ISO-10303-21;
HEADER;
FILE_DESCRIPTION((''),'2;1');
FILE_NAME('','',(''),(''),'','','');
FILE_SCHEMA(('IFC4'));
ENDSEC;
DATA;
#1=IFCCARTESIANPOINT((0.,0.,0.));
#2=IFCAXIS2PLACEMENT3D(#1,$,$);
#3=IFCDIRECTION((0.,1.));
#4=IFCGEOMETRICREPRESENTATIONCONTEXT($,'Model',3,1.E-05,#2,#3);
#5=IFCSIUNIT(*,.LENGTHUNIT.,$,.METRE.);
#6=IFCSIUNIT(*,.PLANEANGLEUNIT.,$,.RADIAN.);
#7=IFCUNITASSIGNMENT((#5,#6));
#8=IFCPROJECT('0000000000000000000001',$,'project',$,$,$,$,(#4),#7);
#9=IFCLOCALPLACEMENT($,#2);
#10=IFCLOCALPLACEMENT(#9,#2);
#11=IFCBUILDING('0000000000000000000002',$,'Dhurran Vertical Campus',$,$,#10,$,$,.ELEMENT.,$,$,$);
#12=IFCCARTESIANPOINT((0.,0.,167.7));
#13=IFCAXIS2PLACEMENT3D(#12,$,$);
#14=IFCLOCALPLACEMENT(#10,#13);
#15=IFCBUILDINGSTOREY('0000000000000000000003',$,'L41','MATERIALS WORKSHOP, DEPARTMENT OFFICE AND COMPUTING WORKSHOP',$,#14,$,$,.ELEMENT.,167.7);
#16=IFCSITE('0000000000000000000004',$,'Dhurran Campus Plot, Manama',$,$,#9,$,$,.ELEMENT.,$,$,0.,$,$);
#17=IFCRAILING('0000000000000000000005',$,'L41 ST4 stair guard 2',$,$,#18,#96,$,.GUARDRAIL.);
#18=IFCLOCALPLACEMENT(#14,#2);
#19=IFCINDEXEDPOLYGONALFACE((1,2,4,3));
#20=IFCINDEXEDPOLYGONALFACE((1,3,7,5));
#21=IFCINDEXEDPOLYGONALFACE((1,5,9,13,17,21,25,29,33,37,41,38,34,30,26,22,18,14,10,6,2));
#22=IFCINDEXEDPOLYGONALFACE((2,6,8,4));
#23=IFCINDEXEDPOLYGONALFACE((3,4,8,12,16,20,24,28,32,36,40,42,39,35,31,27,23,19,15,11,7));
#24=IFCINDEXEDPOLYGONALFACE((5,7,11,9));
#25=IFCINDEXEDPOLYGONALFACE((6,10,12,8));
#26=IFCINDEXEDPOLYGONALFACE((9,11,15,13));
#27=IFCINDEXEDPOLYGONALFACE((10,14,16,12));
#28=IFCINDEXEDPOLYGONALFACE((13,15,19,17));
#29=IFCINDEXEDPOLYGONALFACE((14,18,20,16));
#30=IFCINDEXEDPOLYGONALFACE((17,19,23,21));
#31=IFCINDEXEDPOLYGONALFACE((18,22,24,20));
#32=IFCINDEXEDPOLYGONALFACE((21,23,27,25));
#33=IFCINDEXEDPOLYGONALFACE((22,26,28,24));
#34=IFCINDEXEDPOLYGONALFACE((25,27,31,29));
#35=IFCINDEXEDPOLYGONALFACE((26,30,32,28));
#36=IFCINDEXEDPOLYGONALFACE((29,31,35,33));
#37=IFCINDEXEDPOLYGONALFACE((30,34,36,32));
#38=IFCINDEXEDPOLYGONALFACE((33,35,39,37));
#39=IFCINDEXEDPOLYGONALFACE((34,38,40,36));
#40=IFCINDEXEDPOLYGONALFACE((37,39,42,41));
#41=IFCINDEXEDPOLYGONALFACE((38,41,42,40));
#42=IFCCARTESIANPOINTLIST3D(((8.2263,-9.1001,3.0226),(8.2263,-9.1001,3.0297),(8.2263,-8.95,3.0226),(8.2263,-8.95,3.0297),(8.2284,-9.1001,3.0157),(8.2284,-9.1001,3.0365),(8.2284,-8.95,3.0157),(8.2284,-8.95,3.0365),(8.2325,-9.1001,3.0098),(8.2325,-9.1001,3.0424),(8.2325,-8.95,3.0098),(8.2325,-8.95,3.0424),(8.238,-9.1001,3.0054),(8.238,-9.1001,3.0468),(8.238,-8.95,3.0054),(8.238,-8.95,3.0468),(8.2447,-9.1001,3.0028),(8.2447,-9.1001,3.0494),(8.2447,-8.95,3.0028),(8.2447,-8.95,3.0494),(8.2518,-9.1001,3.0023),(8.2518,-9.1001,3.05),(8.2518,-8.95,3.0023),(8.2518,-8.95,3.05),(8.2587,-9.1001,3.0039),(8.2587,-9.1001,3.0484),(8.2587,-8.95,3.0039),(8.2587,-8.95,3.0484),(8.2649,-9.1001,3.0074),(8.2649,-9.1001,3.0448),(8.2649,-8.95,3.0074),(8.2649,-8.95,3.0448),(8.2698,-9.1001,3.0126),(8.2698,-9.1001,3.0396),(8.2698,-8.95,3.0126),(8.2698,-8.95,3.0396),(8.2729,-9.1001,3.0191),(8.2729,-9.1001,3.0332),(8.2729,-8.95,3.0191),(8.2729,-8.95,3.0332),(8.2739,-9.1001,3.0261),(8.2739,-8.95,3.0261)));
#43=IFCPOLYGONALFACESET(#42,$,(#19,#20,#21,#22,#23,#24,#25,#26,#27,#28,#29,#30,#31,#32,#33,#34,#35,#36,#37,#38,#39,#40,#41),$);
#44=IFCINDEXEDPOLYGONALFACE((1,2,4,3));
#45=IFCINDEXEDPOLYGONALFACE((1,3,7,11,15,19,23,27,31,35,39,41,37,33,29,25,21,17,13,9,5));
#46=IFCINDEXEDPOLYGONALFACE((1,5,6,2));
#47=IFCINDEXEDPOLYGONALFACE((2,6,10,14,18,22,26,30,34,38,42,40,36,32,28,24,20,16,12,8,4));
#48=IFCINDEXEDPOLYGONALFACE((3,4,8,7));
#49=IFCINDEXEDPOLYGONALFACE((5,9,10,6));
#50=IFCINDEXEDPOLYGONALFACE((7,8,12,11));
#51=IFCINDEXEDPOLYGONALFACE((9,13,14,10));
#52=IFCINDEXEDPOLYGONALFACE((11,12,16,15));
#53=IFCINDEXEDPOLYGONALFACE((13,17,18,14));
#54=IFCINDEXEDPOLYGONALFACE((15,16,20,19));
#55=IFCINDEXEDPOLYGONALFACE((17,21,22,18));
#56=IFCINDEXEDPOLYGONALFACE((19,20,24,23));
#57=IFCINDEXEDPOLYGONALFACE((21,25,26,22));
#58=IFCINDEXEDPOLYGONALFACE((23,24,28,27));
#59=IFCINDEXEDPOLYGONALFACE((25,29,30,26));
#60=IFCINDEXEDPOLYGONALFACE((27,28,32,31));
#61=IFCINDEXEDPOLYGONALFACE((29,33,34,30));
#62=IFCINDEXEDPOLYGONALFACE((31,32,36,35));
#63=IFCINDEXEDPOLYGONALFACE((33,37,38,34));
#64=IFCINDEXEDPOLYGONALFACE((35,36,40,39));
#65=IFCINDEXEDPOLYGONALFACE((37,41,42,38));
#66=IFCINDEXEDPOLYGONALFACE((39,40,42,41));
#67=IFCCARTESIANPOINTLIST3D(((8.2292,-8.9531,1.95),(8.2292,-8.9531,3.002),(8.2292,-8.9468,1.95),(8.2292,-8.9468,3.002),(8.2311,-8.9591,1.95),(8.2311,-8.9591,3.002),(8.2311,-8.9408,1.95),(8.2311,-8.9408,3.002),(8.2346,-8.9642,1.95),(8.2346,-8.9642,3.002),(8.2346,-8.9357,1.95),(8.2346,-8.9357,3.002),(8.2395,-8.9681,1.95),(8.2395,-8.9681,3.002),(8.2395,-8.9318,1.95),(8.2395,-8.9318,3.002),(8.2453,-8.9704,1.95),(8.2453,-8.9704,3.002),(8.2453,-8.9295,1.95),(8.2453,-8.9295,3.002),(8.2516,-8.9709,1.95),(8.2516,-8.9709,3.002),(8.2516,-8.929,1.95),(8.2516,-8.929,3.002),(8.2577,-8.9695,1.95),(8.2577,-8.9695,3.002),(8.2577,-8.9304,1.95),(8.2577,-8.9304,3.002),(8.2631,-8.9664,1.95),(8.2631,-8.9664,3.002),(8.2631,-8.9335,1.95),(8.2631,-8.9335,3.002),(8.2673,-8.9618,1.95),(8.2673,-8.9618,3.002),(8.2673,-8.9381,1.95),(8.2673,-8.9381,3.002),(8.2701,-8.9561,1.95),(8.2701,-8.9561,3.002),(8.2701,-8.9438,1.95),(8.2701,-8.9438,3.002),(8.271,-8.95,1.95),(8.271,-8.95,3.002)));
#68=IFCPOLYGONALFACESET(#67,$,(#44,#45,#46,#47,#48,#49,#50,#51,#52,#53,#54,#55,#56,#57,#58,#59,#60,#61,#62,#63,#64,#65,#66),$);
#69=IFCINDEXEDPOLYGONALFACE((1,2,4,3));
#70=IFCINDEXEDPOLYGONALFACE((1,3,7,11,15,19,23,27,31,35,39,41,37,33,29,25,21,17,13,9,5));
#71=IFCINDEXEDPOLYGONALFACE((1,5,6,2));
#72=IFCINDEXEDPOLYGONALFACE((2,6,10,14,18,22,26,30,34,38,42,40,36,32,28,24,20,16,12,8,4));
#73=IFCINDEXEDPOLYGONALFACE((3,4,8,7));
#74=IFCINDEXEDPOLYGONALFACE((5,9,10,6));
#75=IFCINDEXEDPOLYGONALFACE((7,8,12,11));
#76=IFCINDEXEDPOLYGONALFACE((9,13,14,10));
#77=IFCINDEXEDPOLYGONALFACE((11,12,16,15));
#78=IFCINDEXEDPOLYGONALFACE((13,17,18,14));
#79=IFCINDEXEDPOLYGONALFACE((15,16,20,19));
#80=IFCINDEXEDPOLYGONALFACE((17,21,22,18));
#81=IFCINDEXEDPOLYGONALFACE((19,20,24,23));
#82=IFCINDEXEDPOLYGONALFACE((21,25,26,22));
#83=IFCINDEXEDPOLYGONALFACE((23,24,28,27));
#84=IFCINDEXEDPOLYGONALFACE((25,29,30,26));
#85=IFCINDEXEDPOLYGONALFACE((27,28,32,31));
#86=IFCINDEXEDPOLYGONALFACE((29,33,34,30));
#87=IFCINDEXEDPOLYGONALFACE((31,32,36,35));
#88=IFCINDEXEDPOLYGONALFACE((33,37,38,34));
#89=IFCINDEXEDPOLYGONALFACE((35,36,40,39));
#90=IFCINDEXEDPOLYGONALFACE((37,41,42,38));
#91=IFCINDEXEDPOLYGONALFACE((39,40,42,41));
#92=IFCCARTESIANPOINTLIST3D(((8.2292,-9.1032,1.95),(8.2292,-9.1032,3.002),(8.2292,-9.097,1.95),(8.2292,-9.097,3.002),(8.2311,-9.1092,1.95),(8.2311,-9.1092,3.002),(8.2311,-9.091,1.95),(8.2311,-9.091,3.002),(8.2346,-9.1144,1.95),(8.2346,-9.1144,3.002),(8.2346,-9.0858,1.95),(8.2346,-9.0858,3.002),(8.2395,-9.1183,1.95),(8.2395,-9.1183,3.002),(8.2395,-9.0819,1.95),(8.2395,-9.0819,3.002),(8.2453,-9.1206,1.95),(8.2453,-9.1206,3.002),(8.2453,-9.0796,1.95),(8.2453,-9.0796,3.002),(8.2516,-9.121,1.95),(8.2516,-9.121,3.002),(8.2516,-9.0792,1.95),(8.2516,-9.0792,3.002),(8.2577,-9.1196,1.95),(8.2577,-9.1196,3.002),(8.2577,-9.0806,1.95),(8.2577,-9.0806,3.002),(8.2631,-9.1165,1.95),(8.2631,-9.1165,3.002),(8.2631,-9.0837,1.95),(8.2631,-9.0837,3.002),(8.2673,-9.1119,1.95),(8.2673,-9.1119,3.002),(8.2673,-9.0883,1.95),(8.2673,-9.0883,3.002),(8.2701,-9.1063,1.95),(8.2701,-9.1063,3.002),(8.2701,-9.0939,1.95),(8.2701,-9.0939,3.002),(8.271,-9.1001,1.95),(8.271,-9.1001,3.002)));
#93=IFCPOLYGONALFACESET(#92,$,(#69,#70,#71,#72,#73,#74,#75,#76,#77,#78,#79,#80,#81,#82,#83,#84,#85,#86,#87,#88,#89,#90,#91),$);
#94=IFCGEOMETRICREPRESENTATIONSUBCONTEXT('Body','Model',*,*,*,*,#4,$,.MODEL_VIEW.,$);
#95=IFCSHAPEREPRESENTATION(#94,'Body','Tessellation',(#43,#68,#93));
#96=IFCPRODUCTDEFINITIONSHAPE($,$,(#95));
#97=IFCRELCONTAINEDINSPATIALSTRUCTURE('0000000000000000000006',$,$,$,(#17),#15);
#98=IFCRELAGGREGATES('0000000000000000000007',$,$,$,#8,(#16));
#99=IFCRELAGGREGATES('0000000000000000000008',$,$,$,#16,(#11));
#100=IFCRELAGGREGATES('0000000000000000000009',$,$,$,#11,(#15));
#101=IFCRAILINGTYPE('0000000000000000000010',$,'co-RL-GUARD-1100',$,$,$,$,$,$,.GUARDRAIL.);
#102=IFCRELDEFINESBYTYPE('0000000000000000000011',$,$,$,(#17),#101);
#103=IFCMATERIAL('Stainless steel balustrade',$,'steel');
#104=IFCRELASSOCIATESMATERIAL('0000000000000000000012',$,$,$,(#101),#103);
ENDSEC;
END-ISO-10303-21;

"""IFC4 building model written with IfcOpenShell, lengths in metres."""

from ifc_helpers import new_model, si_unit, direction, frame, origin, origin_2d, place, context, subcontext, project, spatial, circle, extrude, material, type_object, element, save


model = new_model("IFC4")

# Units and contexts
model_context = context("Model", 3, precision=1e-05, world=origin(), true_north=direction((0.0, 1.0)))
body_context = subcontext(model_context, "Body", "Model", "MODEL_VIEW")
ifc_project = project(units=[si_unit("LENGTHUNIT", "METRE"), si_unit("PLANEANGLEUNIT", "RADIAN")], contexts=[model_context])

# Site, building, storey
site_placement = place(None, origin())
site = spatial("IfcSite", under=ifc_project, at=site_placement, Name="Dhurran Campus Plot, Manama", CompositionType="ELEMENT", RefElevation=0.0)
building_placement = place(site_placement, origin())
building = spatial("IfcBuilding", under=site, at=building_placement, Name="Dhurran Vertical Campus", CompositionType="ELEMENT")
storey_placement = place(building_placement, frame((0.0, 0.0, 167.7)))
storey = spatial("IfcBuildingStorey", under=building, at=storey_placement, Name="L41", Description="MATERIALS WORKSHOP, DEPARTMENT OFFICE AND COMPUTING WORKSHOP", CompositionType="ELEMENT", Elevation=167.7)

# Railing
ifc_material_1 = material(Name="Stainless steel balustrade", Category="steel")
railing_type_1 = type_object("IfcRailingType", Name="co-RL-GUARD-1100", PredefinedType="GUARDRAIL", material=ifc_material_1)
railing_1_placement = place(storey_placement, frame((8.25, -8.95, 1.95)))
element("IfcRailing", 1, at=railing_1_placement, inside=storey, type_object=railing_type_1, Name="L41 ST4 stair guard 2", PredefinedType="GUARDRAIL", context=body_context, shape_type="SweptSolid", body=[
    extrude(circle(Radius=0.0239, at=origin_2d()), frame((0.0, 0.0, 1.0762), z_axis=(0.0, -1.0, 0.0), x_axis=(1.0, 0.0, 0.0)), (0.0, 0.0, 1.0), 0.1501),
    extrude(circle(Radius=0.021, at=origin_2d()), origin(), (0.0, 0.0, 1.0), 1.052),
    extrude(circle(Radius=0.021, at=origin_2d()), frame((0.0, -0.1501, 0.0)), (0.0, 0.0, 1.0), 1.052),
])

save(model, "model.ifc")
